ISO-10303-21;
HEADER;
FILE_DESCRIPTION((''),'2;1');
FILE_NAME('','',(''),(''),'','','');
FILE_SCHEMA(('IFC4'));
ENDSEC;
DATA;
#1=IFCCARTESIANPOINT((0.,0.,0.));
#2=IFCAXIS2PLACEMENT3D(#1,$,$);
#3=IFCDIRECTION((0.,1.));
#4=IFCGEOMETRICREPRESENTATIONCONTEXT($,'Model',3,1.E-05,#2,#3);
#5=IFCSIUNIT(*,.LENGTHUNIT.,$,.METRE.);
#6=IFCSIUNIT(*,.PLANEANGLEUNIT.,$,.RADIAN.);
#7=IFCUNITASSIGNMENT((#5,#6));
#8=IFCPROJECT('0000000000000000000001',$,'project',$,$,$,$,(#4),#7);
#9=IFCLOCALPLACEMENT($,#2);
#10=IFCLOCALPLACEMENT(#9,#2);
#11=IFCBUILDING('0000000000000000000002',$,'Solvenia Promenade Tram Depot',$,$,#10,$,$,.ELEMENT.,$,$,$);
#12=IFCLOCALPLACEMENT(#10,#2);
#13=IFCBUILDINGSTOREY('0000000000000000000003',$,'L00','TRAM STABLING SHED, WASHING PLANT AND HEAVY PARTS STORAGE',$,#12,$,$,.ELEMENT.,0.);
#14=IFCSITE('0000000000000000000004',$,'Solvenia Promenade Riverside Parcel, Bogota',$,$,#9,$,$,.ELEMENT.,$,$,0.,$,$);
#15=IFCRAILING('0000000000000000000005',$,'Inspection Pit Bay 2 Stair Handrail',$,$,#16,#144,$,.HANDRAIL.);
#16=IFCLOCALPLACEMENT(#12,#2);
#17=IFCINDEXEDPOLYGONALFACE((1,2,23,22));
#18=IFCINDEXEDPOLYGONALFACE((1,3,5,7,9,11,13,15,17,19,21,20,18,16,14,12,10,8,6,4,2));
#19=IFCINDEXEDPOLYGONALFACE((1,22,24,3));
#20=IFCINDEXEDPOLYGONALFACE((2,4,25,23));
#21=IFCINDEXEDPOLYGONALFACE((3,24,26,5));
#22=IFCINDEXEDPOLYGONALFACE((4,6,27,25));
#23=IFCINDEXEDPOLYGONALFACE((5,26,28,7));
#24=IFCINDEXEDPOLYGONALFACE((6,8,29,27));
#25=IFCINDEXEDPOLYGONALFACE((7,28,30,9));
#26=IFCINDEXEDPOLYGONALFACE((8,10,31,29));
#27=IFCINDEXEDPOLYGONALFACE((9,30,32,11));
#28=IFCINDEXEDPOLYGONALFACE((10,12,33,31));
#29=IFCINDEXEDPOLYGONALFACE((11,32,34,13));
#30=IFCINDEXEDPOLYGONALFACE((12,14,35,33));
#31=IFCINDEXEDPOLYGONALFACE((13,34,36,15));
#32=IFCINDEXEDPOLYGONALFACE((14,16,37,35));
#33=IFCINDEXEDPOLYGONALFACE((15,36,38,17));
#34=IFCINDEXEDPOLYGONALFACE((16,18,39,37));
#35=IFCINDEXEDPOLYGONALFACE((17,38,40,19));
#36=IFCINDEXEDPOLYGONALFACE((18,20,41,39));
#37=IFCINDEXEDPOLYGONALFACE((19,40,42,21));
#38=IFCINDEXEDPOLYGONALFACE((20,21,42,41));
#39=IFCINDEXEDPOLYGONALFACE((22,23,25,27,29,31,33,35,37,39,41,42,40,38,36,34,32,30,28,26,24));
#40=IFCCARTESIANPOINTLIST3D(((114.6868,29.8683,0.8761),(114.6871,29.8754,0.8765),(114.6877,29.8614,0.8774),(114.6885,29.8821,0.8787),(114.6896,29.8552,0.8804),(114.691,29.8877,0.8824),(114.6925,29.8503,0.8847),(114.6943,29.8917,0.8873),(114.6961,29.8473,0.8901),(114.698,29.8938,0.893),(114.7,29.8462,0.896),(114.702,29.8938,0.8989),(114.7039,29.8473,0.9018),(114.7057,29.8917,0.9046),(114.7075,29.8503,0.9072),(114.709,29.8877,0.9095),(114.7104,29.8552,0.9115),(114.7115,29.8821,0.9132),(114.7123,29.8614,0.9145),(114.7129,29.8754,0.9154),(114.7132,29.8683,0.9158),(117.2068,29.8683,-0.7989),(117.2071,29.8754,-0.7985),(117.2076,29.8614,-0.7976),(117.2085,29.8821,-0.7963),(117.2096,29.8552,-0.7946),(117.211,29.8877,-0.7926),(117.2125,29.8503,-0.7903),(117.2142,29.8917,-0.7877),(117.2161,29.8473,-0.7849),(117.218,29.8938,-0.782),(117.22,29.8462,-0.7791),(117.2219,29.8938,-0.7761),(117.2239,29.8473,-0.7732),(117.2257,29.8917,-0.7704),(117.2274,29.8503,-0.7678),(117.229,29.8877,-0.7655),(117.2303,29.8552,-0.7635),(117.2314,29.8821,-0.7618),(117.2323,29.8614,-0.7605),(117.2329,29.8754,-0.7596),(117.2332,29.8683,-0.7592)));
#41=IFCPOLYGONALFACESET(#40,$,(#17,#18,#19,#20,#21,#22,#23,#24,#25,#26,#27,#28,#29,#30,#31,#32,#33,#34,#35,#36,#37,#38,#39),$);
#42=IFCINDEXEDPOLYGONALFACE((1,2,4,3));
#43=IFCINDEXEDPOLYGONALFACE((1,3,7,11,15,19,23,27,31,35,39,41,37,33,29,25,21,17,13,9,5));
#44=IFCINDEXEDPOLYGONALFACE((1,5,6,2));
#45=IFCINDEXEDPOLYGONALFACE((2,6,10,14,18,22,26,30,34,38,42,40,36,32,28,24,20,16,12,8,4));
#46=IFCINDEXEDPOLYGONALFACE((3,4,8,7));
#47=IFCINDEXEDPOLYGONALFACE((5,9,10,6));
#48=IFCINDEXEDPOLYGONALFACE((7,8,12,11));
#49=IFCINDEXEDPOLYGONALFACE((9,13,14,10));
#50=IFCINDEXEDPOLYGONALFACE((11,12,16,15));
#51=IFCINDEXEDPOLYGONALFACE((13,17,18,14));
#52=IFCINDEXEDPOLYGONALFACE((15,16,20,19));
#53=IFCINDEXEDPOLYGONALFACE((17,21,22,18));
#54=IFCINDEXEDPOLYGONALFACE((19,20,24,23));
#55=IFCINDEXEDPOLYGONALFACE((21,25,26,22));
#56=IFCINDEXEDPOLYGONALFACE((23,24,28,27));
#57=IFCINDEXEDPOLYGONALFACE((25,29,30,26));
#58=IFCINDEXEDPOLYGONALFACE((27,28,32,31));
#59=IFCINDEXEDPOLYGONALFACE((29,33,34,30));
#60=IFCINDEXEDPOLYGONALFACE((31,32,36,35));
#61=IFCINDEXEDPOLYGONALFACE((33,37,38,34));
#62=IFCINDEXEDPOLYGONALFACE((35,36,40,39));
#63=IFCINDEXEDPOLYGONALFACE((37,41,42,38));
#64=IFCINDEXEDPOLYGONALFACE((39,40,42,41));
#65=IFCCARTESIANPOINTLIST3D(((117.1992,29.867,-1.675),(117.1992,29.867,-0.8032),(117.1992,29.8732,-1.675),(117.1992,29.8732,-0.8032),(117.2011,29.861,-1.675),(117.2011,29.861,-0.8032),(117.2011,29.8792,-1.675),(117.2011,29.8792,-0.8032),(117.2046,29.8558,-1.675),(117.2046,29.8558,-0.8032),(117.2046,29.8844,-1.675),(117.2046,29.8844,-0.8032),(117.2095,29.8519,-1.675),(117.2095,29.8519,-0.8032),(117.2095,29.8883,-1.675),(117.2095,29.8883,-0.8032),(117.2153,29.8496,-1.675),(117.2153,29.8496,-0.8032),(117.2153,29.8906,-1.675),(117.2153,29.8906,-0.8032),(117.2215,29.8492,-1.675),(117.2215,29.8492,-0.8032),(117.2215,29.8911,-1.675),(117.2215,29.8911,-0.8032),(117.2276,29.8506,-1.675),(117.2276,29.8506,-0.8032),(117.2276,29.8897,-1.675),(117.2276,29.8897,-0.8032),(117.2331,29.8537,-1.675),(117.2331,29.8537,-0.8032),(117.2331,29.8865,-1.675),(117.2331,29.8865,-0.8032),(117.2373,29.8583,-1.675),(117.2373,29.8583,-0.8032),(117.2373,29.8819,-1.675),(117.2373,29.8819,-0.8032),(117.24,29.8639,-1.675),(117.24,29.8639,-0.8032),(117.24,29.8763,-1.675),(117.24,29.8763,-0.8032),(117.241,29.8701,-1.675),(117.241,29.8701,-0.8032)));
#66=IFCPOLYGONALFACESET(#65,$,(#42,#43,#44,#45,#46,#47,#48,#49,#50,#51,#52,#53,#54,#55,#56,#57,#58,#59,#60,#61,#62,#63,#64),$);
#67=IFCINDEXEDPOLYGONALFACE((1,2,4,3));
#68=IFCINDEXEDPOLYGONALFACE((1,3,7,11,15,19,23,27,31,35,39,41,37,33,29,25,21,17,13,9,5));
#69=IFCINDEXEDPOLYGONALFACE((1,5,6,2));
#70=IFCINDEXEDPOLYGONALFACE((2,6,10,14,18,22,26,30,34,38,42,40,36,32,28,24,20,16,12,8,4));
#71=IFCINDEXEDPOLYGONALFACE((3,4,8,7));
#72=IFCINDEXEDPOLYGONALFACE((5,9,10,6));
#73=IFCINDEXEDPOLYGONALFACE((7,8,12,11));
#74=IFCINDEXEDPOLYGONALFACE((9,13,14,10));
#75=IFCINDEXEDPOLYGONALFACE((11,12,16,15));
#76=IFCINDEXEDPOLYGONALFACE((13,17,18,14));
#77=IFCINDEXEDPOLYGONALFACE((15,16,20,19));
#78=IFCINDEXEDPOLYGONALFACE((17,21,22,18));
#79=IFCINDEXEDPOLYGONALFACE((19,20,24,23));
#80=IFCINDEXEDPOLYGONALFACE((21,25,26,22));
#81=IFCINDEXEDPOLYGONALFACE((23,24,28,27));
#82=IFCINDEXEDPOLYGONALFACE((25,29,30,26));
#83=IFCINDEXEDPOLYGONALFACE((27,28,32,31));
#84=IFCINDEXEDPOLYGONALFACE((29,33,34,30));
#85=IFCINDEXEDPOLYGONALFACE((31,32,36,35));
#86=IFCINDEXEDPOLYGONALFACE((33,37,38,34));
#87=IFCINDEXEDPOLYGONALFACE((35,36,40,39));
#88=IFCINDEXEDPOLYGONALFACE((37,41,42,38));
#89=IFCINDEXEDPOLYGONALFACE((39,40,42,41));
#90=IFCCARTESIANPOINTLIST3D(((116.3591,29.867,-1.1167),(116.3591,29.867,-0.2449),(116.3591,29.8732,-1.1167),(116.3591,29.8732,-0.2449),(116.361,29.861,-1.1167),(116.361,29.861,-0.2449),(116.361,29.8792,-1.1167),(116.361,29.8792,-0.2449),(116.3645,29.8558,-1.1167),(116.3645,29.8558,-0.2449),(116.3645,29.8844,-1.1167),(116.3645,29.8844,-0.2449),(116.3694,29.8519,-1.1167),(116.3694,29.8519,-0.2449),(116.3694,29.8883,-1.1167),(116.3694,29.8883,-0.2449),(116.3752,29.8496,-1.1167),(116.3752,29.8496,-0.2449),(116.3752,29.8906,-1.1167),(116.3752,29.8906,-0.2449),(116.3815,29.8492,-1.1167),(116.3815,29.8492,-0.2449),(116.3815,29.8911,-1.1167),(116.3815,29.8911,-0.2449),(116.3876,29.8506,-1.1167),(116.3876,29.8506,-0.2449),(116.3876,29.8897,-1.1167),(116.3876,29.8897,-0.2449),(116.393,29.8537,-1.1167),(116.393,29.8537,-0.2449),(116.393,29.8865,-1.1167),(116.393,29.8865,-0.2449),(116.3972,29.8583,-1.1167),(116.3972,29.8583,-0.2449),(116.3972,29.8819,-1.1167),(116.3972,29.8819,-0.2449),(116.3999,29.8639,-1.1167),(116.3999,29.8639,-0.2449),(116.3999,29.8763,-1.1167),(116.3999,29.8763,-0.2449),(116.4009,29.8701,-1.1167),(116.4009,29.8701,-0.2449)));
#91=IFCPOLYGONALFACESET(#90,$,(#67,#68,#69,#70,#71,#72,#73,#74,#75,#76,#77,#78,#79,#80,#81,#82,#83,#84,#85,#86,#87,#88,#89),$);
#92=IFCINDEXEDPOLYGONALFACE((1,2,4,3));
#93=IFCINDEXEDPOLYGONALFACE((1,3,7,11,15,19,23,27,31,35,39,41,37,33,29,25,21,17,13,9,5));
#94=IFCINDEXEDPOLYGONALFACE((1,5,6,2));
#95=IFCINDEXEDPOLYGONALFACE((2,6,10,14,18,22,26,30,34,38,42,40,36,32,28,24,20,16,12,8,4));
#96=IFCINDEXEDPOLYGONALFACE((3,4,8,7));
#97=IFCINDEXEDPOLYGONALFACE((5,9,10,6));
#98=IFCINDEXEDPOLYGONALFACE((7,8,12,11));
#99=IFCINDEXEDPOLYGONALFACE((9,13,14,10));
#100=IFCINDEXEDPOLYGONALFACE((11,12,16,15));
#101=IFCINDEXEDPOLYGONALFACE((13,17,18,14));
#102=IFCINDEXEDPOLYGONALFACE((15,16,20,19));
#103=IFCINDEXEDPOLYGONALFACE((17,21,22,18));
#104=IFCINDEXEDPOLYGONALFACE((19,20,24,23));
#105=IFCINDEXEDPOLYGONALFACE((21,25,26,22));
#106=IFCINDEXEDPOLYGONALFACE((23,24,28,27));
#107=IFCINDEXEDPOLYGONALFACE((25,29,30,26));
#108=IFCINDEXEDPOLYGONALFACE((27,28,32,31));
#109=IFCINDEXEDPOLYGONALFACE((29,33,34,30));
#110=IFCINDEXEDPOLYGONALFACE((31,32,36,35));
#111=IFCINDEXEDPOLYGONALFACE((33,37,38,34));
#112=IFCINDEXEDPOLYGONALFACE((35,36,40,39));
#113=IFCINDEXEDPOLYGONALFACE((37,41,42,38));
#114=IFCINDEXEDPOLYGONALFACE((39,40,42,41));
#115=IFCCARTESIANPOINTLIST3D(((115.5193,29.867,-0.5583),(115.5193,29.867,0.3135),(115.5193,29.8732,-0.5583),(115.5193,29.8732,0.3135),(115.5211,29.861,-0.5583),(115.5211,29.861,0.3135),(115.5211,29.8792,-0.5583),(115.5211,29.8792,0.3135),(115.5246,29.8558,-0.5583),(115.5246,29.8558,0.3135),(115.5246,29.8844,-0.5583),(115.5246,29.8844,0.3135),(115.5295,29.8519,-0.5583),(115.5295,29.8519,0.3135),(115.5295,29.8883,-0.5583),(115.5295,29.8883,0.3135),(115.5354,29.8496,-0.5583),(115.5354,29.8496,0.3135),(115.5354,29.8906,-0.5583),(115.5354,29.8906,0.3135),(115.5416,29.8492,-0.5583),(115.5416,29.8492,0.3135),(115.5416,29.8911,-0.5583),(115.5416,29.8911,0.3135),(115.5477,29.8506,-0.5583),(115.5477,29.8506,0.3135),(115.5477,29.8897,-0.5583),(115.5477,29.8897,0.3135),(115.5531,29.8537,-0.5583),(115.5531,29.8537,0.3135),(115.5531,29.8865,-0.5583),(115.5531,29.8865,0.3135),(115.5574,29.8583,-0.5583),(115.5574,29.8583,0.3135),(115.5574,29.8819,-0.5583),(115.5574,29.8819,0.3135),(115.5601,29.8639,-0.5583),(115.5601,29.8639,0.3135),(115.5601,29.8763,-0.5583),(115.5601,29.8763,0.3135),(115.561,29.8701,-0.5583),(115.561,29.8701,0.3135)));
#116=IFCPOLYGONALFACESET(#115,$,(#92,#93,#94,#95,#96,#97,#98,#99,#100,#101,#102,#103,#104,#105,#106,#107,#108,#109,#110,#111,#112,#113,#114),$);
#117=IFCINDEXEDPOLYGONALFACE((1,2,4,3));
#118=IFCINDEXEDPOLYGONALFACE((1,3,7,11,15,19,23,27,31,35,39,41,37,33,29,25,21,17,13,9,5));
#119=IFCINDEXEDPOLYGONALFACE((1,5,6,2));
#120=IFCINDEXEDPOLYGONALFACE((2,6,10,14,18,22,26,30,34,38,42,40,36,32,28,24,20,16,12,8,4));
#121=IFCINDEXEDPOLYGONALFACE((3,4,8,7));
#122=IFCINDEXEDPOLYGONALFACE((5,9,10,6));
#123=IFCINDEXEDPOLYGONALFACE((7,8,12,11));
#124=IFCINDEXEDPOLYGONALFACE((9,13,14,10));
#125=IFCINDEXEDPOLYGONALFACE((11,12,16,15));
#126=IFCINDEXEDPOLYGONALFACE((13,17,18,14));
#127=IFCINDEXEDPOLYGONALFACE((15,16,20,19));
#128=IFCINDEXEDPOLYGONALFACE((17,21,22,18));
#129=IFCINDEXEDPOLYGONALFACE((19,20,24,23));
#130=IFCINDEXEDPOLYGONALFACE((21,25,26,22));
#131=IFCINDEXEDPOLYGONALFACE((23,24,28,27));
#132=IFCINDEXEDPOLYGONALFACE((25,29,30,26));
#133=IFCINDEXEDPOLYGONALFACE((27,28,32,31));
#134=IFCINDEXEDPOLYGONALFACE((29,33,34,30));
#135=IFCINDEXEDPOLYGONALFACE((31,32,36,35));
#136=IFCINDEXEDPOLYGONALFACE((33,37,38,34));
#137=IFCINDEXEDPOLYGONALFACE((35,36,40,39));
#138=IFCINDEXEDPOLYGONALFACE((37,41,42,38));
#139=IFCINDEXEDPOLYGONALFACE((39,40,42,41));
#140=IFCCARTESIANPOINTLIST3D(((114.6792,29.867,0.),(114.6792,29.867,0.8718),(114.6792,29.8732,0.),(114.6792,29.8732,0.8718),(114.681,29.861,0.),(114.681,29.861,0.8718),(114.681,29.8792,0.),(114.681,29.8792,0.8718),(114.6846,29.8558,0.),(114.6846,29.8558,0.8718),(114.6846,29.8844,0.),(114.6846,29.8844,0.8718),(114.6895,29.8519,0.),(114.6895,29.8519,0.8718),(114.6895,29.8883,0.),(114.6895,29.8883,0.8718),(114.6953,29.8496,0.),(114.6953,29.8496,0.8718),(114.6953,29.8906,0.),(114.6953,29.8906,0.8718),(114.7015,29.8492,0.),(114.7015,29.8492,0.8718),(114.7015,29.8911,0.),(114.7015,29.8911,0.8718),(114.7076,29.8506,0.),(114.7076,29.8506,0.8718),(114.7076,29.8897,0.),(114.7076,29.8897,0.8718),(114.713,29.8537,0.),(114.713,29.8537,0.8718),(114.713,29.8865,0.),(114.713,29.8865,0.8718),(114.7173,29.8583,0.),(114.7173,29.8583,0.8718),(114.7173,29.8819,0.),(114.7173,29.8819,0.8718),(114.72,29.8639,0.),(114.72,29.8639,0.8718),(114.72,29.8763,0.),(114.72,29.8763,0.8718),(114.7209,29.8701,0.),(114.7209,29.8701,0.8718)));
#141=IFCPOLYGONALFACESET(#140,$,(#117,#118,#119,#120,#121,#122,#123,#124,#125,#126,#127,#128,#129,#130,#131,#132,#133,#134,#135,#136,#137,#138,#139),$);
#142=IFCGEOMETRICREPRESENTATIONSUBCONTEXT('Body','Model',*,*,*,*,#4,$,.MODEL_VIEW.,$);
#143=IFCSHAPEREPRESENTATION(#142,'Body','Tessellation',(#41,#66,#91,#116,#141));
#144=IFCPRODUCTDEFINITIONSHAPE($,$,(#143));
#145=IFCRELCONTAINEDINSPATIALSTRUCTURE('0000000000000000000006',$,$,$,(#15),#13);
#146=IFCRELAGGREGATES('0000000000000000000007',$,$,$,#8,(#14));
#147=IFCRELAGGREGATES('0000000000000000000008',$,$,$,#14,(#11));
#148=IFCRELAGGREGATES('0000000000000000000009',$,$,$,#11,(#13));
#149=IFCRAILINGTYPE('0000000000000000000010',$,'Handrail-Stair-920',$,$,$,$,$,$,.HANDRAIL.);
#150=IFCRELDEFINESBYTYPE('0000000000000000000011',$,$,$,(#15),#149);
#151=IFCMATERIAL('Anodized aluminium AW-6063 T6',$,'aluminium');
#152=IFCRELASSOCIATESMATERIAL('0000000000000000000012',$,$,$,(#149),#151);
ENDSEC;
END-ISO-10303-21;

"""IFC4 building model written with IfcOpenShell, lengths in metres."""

from ifc_helpers import new_model, si_unit, direction, frame, origin, origin_2d, place, context, subcontext, project, spatial, circle, extrude, material, type_object, element, save


model = new_model("IFC4")

# Units and contexts
model_context = context("Model", 3, precision=1e-05, world=origin(), true_north=direction((0.0, 1.0)))
body_context = subcontext(model_context, "Body", "Model", "MODEL_VIEW")
ifc_project = project(units=[si_unit("LENGTHUNIT", "METRE"), si_unit("PLANEANGLEUNIT", "RADIAN")], contexts=[model_context])

# Site, building, storey
site_placement = place(None, origin())
site = spatial("IfcSite", under=ifc_project, at=site_placement, Name="Solvenia Promenade Riverside Parcel, Bogota", CompositionType="ELEMENT", RefElevation=0.0)
building_placement = place(site_placement, origin())
building = spatial("IfcBuilding", under=site, at=building_placement, Name="Solvenia Promenade Tram Depot", CompositionType="ELEMENT")
storey_placement = place(building_placement, origin())
storey = spatial("IfcBuildingStorey", under=building, at=storey_placement, Name="L00", Description="TRAM STABLING SHED, WASHING PLANT AND HEAVY PARTS STORAGE", CompositionType="ELEMENT", Elevation=0.0)

# Railing
ifc_material_1 = material(Name="Anodized aluminium AW-6063 T6", Category="aluminium")
railing_type_1 = type_object("IfcRailingType", Name="Handrail-Stair-920", PredefinedType="HANDRAIL", material=ifc_material_1)
for number, where, name in (
    (1, (117.22, 29.8701, -1.675), "Inspection Pit Bay 2 Stair Handrail"),
):
    element("IfcRailing", number, at=place(storey_placement, frame(where)), inside=storey, type_object=railing_type_1, Name=name, PredefinedType="HANDRAIL", context=body_context, shape_type="SweptSolid", body=[
        extrude(circle(Radius=0.0239, at=origin_2d()), frame((0.0, 0.0, 0.896), z_axis=(-0.832807, 0.0, 0.553564), x_axis=(0.0, -1.0, 0.0)), (0.0, 0.0, 1.0), 3.0259),
        extrude(circle(Radius=0.021, at=origin_2d()), origin(), (0.0, 0.0, 1.0), 0.8718),
        extrude(circle(Radius=0.021, at=origin_2d()), frame((-0.8401, 0.0, 0.5583)), (0.0, 0.0, 1.0), 0.8718),
        extrude(circle(Radius=0.021, at=origin_2d()), frame((-1.6799, 0.0, 1.1167)), (0.0, 0.0, 1.0), 0.8718),
        extrude(circle(Radius=0.021, at=origin_2d()), frame((-2.52, 0.0, 1.675)), (0.0, 0.0, 1.0), 0.8718),
    ])

save(model, "model.ifc")
